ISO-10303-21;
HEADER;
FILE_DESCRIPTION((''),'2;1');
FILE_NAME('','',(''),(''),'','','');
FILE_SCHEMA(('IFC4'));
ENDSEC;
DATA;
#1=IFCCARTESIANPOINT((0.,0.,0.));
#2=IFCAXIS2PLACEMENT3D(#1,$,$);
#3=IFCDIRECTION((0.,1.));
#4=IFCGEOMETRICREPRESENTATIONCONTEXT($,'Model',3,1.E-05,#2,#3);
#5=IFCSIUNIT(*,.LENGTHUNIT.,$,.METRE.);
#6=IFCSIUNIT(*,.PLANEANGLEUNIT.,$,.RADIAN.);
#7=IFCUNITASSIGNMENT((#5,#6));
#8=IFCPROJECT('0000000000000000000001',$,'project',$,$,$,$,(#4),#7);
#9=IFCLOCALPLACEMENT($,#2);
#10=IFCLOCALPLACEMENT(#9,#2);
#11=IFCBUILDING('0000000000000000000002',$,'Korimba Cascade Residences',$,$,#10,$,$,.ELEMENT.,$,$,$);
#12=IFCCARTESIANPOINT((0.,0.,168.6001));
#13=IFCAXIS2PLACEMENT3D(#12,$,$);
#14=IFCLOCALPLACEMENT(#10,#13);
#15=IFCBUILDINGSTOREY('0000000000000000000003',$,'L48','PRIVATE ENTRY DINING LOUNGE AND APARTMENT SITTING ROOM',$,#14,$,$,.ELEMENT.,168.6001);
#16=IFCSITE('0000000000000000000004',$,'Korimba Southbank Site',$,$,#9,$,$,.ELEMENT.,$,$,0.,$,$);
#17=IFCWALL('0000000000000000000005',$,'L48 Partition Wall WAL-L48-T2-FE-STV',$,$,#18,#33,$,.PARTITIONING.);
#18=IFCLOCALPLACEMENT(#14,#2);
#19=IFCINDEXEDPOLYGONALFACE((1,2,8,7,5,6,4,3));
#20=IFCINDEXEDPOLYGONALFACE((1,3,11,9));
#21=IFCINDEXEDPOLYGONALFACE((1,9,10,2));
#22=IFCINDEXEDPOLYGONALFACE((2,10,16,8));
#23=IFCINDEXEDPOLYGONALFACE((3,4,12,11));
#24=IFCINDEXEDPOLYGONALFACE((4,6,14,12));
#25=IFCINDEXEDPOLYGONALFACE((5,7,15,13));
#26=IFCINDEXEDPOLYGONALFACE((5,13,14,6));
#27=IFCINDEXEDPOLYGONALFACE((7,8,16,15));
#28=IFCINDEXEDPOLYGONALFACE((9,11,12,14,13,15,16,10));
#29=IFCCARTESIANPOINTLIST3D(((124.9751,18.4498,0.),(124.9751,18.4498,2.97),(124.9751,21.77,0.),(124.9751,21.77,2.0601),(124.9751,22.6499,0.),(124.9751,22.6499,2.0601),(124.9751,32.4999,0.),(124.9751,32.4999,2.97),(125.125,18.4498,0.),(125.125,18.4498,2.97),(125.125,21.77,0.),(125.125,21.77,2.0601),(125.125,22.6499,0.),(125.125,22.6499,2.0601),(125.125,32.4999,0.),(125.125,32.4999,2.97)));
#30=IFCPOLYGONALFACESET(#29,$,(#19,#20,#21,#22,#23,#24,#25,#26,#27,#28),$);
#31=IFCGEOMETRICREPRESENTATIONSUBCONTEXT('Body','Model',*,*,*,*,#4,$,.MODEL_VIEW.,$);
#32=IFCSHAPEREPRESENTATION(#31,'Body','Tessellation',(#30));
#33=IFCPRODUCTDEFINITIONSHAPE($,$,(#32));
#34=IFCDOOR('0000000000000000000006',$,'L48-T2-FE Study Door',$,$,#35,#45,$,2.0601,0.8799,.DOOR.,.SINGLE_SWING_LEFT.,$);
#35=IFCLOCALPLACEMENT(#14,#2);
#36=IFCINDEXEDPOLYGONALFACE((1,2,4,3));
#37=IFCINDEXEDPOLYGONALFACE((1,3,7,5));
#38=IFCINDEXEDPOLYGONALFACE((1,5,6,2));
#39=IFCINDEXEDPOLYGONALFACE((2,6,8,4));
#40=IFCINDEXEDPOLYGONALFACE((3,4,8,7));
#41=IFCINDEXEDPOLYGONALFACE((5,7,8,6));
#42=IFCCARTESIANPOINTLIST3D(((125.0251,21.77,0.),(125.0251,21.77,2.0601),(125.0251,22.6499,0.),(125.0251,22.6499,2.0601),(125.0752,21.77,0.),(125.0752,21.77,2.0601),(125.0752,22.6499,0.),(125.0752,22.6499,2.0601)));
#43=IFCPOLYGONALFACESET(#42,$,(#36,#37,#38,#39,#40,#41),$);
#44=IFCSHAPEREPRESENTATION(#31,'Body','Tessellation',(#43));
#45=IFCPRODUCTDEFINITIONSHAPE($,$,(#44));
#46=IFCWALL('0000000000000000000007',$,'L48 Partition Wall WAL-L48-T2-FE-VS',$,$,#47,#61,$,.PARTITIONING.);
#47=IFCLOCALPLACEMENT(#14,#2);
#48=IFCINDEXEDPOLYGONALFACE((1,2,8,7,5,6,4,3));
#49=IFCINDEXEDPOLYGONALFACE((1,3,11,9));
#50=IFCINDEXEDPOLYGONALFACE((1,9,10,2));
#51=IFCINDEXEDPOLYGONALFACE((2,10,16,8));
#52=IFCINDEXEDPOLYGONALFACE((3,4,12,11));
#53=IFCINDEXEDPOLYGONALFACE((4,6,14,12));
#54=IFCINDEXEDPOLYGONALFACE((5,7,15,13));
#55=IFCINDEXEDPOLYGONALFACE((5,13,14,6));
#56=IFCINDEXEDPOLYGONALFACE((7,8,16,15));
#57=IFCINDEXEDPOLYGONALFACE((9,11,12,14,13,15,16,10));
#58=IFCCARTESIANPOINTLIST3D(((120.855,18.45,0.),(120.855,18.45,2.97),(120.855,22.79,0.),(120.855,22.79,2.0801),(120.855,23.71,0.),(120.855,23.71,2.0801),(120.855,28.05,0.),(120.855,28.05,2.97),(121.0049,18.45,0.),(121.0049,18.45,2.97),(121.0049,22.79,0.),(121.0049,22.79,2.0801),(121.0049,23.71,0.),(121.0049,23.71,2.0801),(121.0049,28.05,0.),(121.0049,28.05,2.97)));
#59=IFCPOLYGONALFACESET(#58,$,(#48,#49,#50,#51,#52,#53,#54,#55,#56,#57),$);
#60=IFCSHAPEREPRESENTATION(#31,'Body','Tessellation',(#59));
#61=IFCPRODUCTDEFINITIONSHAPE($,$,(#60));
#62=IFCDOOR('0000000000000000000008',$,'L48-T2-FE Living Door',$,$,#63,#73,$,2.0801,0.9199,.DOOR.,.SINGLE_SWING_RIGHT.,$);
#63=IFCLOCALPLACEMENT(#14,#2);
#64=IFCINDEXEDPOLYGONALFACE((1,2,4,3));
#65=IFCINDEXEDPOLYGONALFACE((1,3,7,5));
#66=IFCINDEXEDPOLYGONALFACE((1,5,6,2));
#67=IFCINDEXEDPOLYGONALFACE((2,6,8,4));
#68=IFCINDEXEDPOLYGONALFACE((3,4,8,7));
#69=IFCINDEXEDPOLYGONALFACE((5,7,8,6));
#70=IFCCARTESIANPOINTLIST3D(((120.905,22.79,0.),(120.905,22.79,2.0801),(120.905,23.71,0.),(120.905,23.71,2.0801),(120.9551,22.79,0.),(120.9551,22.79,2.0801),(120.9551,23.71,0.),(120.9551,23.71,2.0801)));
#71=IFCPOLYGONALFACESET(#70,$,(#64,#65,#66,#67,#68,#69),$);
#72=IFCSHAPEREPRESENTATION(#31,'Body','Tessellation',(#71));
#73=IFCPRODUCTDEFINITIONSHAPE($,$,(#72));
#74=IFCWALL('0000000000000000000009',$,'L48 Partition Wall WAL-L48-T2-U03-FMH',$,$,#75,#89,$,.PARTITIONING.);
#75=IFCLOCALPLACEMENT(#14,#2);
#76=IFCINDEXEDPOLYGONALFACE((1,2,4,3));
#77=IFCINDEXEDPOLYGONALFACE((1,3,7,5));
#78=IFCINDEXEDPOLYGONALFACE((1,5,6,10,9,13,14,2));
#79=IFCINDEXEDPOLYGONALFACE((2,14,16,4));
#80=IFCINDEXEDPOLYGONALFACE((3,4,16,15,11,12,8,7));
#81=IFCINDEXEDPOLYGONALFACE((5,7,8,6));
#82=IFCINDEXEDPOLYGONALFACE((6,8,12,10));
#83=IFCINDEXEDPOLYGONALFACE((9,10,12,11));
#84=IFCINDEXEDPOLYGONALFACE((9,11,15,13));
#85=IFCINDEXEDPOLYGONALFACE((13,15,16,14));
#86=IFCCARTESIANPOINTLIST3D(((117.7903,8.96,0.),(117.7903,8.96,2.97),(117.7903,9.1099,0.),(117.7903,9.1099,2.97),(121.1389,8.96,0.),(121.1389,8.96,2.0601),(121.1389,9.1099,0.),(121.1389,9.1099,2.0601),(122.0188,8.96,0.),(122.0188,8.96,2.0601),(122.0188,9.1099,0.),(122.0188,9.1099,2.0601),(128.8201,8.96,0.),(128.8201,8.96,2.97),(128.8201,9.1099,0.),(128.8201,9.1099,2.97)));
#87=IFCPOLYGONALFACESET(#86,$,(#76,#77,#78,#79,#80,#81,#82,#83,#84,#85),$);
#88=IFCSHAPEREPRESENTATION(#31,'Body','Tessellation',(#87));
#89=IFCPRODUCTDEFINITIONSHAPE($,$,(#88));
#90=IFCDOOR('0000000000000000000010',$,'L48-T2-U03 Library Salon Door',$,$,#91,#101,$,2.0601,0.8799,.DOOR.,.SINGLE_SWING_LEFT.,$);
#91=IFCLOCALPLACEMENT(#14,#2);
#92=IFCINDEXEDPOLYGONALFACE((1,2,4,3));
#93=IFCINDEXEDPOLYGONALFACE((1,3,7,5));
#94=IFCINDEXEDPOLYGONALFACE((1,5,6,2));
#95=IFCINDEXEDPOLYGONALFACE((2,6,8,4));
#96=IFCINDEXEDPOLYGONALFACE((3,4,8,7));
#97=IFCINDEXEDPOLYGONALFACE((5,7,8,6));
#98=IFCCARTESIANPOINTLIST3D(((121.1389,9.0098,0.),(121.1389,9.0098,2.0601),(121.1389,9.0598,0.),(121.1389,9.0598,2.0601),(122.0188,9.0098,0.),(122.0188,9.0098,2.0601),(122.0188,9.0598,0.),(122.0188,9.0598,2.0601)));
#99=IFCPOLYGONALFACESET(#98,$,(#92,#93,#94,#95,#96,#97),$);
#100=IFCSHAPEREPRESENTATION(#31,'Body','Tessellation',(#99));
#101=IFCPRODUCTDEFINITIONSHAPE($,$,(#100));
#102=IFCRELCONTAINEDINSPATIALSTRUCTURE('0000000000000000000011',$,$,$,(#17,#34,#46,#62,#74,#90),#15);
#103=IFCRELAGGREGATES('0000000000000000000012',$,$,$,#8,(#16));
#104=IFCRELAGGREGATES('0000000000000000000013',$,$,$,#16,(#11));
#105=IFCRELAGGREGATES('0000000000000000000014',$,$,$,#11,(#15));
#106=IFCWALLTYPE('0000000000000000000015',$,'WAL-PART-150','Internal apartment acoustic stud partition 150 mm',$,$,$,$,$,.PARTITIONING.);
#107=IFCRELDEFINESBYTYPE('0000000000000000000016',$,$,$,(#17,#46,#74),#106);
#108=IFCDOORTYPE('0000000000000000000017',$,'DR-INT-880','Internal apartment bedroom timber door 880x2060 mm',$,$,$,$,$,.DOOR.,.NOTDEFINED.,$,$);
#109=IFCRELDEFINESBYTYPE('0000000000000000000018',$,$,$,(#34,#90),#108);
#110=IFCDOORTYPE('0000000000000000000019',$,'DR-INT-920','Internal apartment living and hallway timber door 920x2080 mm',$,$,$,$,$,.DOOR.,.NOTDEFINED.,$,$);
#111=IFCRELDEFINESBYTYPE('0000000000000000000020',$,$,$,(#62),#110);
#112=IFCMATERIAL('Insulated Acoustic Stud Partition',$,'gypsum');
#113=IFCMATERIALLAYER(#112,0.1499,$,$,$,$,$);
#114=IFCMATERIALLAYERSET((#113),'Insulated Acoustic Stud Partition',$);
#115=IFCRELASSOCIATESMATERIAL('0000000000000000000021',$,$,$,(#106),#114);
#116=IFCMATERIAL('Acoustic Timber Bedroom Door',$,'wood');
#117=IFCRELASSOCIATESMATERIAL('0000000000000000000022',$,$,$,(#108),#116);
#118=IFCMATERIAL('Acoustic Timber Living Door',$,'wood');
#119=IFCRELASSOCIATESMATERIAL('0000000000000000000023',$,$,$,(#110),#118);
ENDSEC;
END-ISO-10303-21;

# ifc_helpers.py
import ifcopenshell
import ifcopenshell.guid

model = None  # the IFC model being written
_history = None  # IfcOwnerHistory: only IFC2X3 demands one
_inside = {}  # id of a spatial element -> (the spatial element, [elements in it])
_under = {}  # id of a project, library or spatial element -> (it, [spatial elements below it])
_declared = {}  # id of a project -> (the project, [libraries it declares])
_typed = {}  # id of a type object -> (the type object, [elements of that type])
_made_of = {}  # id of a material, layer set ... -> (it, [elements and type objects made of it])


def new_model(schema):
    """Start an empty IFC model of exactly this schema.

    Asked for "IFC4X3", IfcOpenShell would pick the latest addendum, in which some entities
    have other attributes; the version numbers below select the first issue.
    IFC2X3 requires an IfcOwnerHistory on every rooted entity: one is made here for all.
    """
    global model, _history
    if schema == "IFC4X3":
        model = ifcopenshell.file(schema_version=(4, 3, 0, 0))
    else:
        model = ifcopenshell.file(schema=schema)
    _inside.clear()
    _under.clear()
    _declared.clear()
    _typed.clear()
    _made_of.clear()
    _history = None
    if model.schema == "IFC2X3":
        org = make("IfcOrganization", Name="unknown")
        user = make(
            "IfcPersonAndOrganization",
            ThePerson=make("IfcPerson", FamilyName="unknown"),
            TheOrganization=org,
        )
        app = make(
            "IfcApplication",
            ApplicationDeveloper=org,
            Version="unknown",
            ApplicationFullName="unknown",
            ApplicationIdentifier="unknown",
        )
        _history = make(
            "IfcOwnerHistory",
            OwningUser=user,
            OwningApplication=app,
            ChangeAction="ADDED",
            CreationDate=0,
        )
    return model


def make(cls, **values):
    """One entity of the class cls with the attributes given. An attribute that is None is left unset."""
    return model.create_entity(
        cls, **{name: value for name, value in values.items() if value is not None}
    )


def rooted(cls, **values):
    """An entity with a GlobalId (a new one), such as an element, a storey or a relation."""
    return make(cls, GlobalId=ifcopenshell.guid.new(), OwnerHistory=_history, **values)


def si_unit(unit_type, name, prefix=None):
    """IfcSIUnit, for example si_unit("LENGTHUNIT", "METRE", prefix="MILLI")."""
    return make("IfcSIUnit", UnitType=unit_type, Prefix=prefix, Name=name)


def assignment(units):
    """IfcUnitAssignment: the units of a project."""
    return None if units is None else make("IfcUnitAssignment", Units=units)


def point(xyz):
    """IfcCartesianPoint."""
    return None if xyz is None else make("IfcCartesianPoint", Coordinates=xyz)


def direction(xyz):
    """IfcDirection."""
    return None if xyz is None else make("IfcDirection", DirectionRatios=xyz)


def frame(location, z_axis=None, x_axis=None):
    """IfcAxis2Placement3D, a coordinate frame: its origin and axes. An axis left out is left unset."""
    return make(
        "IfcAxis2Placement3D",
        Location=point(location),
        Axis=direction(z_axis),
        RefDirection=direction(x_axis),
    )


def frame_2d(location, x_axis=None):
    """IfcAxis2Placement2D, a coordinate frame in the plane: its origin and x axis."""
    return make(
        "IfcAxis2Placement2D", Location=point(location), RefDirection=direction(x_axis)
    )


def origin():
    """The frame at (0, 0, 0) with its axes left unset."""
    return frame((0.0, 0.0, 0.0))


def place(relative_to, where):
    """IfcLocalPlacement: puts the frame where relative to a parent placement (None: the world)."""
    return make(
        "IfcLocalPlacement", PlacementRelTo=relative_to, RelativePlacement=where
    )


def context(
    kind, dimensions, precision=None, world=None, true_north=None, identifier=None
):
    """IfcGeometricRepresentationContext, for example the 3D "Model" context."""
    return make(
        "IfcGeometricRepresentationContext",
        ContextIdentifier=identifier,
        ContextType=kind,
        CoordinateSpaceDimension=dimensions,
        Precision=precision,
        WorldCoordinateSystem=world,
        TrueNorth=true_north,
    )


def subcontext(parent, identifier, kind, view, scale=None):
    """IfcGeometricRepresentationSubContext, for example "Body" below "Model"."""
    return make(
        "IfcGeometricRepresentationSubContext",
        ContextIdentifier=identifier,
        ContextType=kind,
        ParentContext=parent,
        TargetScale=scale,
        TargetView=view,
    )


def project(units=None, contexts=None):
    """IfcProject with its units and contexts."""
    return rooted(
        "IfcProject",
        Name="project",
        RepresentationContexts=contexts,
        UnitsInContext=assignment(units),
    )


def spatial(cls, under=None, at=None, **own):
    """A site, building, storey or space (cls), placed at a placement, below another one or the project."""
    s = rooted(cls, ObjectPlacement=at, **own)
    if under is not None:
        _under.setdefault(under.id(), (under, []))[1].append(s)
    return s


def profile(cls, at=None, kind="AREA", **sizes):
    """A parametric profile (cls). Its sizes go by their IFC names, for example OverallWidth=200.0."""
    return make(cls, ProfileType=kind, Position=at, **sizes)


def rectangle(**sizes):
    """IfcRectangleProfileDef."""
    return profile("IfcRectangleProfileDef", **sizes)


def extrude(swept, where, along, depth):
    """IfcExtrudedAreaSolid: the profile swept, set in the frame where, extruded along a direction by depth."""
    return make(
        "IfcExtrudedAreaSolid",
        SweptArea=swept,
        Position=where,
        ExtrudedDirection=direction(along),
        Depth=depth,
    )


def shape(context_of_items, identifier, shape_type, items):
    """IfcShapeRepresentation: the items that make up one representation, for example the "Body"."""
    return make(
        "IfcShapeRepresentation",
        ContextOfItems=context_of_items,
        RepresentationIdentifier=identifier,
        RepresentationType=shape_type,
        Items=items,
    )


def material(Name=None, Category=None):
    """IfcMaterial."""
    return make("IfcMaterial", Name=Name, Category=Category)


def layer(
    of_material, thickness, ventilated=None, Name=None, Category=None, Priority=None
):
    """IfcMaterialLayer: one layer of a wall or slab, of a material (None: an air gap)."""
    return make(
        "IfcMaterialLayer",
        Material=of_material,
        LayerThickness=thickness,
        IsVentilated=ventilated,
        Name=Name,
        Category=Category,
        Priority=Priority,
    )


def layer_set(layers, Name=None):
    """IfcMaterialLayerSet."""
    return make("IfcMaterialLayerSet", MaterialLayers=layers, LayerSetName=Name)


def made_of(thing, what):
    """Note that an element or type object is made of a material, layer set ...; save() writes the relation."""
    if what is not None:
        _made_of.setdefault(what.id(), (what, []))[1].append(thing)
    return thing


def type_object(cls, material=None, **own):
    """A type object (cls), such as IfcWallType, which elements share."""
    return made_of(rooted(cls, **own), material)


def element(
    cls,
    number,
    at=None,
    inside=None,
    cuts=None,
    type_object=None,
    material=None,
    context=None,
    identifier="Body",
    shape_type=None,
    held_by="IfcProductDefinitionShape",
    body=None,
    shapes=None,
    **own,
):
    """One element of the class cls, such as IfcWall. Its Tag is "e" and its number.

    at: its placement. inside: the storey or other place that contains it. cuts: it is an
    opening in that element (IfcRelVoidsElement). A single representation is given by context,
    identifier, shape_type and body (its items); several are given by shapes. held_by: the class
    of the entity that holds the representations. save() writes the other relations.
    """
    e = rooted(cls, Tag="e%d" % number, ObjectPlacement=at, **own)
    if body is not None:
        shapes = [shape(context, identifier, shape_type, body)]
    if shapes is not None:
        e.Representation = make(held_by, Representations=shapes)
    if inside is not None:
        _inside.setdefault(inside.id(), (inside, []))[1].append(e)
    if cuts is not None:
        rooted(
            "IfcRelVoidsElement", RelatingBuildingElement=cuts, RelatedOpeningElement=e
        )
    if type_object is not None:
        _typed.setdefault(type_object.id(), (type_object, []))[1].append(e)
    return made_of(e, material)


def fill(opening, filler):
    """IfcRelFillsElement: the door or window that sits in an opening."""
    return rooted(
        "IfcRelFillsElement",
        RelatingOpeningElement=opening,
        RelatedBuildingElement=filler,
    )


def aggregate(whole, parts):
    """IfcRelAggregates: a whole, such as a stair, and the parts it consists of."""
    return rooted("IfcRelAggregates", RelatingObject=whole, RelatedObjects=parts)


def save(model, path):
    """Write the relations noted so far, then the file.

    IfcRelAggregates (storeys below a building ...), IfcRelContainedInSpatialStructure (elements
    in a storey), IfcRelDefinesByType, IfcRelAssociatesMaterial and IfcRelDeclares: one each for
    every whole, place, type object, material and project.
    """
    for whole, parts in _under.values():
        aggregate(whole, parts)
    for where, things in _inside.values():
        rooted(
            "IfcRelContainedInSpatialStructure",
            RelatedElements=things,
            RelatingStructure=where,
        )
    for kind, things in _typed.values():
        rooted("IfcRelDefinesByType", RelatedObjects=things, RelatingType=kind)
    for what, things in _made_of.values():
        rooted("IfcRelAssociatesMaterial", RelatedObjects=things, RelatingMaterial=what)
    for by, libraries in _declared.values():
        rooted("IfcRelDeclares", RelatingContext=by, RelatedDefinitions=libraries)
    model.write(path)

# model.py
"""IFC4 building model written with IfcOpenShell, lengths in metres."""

from ifc_helpers import new_model, si_unit, direction, frame, frame_2d, origin, place, context, subcontext, project, spatial, rectangle, extrude, material, layer, layer_set, type_object, element, fill, save


model = new_model("IFC4")

# Units and contexts
model_context = context("Model", 3, precision=1e-05, world=origin(), true_north=direction((0.0, 1.0)))
body_context = subcontext(model_context, "Body", "Model", "MODEL_VIEW")
ifc_project = project(units=[si_unit("LENGTHUNIT", "METRE"), si_unit("PLANEANGLEUNIT", "RADIAN")], contexts=[model_context])

# Site, building, storey
site_placement = place(None, origin())
site = spatial("IfcSite", under=ifc_project, at=site_placement, Name="Korimba Southbank Site", CompositionType="ELEMENT", RefElevation=0.0)
building_placement = place(site_placement, origin())
building = spatial("IfcBuilding", under=site, at=building_placement, Name="Korimba Cascade Residences", CompositionType="ELEMENT")
storey_placement = place(building_placement, frame((0.0, 0.0, 168.6001)))
storey = spatial("IfcBuildingStorey", under=building, at=storey_placement, Name="L48", Description="PRIVATE ENTRY DINING LOUNGE AND APARTMENT SITTING ROOM", CompositionType="ELEMENT", Elevation=168.6001)

# Walls, openings, doors
ifc_material_1 = material(Name="Insulated Acoustic Stud Partition", Category="gypsum")
ifc_layer_1 = layer(ifc_material_1, 0.1499)
ifc_layer_set_1 = layer_set([ifc_layer_1], Name="Insulated Acoustic Stud Partition")
wall_type_1 = type_object("IfcWallType", Name="WAL-PART-150", Description="Internal apartment acoustic stud partition 150 mm", PredefinedType="PARTITIONING", material=ifc_layer_set_1)
wall_1_placement = place(storey_placement, frame((125.05, 18.45, 0.0), z_axis=(0.0, 0.0, 1.0), x_axis=(0.0, 1.0, 0.0)))
wall_1 = element("IfcWall", 1, at=wall_1_placement, inside=storey, type_object=wall_type_1, Name="L48 Partition Wall WAL-L48-T2-FE-STV", PredefinedType="PARTITIONING", context=body_context, shape_type="SweptSolid", body=[
    extrude(rectangle(XDim=14.05, YDim=0.1499, at=frame_2d((7.0249, 0.0))), origin(), (0.0, 0.0, 1.0), 2.97),
])
opening_1_placement = place(wall_1_placement, frame((3.3201, 0.0, 0.0)))
opening_1 = element("IfcOpeningElement", 2, at=opening_1_placement, cuts=wall_1, PredefinedType="OPENING", context=body_context, shape_type="SweptSolid", body=[
    extrude(rectangle(XDim=0.8799, YDim=2.0601, at=frame_2d((0.4399, 1.03))), frame((0.0, 0.085, 0.0), z_axis=(0.0, -1.0, 0.0), x_axis=(1.0, 0.0, 0.0)), (0.0, 0.0, 1.0), 0.1699),
])
ifc_material_2 = material(Name="Acoustic Timber Bedroom Door", Category="wood")
door_type_1 = type_object("IfcDoorType", Name="DR-INT-880", Description="Internal apartment bedroom timber door 880x2060 mm", OperationType="NOTDEFINED", PredefinedType="DOOR", material=ifc_material_2)
door_1_placement = place(opening_1_placement, origin())
door_1 = element("IfcDoor", 3, at=door_1_placement, inside=storey, type_object=door_type_1, Name="L48-T2-FE Study Door", OperationType="SINGLE_SWING_LEFT", OverallHeight=2.0601, OverallWidth=0.8799, PredefinedType="DOOR", context=body_context, shape_type="SweptSolid", body=[
    extrude(rectangle(XDim=0.8799, YDim=2.0601, at=frame_2d((0.4399, 1.03))), frame((0.0, 0.0249, 0.0), z_axis=(0.0, -1.0, 0.0), x_axis=(1.0, 0.0, 0.0)), (0.0, 0.0, 1.0), 0.05),
])
fill(opening_1, door_1)
wall_2_placement = place(storey_placement, frame((120.9299, 18.45, 0.0), z_axis=(0.0, 0.0, 1.0), x_axis=(0.0, 1.0, 0.0)))
wall_2 = element("IfcWall", 4, at=wall_2_placement, inside=storey, type_object=wall_type_1, Name="L48 Partition Wall WAL-L48-T2-FE-VS", PredefinedType="PARTITIONING", context=body_context, shape_type="SweptSolid", body=[
    extrude(rectangle(XDim=9.6001, YDim=0.1499, at=frame_2d((4.8, 0.0))), origin(), (0.0, 0.0, 1.0), 2.97),
])
opening_2_placement = place(wall_2_placement, frame((4.3401, 0.0, 0.0)))
opening_2 = element("IfcOpeningElement", 5, at=opening_2_placement, cuts=wall_2, PredefinedType="OPENING", context=body_context, shape_type="SweptSolid", body=[
    extrude(rectangle(XDim=0.9199, YDim=2.0801, at=frame_2d((0.46, 1.04))), frame((0.0, 0.085, 0.0), z_axis=(0.0, -1.0, 0.0), x_axis=(1.0, 0.0, 0.0)), (0.0, 0.0, 1.0), 0.1699),
])
ifc_material_3 = material(Name="Acoustic Timber Living Door", Category="wood")
door_type_2 = type_object("IfcDoorType", Name="DR-INT-920", Description="Internal apartment living and hallway timber door 920x2080 mm", OperationType="NOTDEFINED", PredefinedType="DOOR", material=ifc_material_3)
door_2_placement = place(opening_2_placement, origin())
door_2 = element("IfcDoor", 6, at=door_2_placement, inside=storey, type_object=door_type_2, Name="L48-T2-FE Living Door", OperationType="SINGLE_SWING_RIGHT", OverallHeight=2.0801, OverallWidth=0.9199, PredefinedType="DOOR", context=body_context, shape_type="SweptSolid", body=[
    extrude(rectangle(XDim=0.9199, YDim=2.0801, at=frame_2d((0.46, 1.04))), frame((0.0, 0.0249, 0.0), z_axis=(0.0, -1.0, 0.0), x_axis=(1.0, 0.0, 0.0)), (0.0, 0.0, 1.0), 0.05),
])
fill(opening_2, door_2)
wall_3_placement = place(storey_placement, frame((117.7903, 9.0349, 0.0), z_axis=(0.0, 0.0, 1.0), x_axis=(1.0, 0.0, 0.0)))
wall_3 = element("IfcWall", 7, at=wall_3_placement, inside=storey, type_object=wall_type_1, Name="L48 Partition Wall WAL-L48-T2-U03-FMH", PredefinedType="PARTITIONING", context=body_context, shape_type="SweptSolid", body=[
    extrude(rectangle(XDim=11.0298, YDim=0.1499, at=frame_2d((5.5149, 0.0))), origin(), (0.0, 0.0, 1.0), 2.97),
])
opening_3_placement = place(wall_3_placement, frame((3.3486, 0.0, 0.0)))
opening_3 = element("IfcOpeningElement", 8, at=opening_3_placement, cuts=wall_3, PredefinedType="OPENING", context=body_context, shape_type="SweptSolid", body=[
    extrude(rectangle(XDim=0.8799, YDim=2.0601, at=frame_2d((0.4399, 1.03))), frame((0.0, 0.085, 0.0), z_axis=(0.0, -1.0, 0.0), x_axis=(1.0, 0.0, 0.0)), (0.0, 0.0, 1.0), 0.1699),
])
door_3_placement = place(opening_3_placement, origin())
door_3 = element("IfcDoor", 9, at=door_3_placement, inside=storey, type_object=door_type_1, Name="L48-T2-U03 Library Salon Door", OperationType="SINGLE_SWING_LEFT", OverallHeight=2.0601, OverallWidth=0.8799, PredefinedType="DOOR", context=body_context, shape_type="SweptSolid", body=[
    extrude(rectangle(XDim=0.8799, YDim=2.0601, at=frame_2d((0.4399, 1.03))), frame((0.0, 0.0249, 0.0), z_axis=(0.0, -1.0, 0.0), x_axis=(1.0, 0.0, 0.0)), (0.0, 0.0, 1.0), 0.05),
])
fill(opening_3, door_3)

save(model, "model.ifc")
